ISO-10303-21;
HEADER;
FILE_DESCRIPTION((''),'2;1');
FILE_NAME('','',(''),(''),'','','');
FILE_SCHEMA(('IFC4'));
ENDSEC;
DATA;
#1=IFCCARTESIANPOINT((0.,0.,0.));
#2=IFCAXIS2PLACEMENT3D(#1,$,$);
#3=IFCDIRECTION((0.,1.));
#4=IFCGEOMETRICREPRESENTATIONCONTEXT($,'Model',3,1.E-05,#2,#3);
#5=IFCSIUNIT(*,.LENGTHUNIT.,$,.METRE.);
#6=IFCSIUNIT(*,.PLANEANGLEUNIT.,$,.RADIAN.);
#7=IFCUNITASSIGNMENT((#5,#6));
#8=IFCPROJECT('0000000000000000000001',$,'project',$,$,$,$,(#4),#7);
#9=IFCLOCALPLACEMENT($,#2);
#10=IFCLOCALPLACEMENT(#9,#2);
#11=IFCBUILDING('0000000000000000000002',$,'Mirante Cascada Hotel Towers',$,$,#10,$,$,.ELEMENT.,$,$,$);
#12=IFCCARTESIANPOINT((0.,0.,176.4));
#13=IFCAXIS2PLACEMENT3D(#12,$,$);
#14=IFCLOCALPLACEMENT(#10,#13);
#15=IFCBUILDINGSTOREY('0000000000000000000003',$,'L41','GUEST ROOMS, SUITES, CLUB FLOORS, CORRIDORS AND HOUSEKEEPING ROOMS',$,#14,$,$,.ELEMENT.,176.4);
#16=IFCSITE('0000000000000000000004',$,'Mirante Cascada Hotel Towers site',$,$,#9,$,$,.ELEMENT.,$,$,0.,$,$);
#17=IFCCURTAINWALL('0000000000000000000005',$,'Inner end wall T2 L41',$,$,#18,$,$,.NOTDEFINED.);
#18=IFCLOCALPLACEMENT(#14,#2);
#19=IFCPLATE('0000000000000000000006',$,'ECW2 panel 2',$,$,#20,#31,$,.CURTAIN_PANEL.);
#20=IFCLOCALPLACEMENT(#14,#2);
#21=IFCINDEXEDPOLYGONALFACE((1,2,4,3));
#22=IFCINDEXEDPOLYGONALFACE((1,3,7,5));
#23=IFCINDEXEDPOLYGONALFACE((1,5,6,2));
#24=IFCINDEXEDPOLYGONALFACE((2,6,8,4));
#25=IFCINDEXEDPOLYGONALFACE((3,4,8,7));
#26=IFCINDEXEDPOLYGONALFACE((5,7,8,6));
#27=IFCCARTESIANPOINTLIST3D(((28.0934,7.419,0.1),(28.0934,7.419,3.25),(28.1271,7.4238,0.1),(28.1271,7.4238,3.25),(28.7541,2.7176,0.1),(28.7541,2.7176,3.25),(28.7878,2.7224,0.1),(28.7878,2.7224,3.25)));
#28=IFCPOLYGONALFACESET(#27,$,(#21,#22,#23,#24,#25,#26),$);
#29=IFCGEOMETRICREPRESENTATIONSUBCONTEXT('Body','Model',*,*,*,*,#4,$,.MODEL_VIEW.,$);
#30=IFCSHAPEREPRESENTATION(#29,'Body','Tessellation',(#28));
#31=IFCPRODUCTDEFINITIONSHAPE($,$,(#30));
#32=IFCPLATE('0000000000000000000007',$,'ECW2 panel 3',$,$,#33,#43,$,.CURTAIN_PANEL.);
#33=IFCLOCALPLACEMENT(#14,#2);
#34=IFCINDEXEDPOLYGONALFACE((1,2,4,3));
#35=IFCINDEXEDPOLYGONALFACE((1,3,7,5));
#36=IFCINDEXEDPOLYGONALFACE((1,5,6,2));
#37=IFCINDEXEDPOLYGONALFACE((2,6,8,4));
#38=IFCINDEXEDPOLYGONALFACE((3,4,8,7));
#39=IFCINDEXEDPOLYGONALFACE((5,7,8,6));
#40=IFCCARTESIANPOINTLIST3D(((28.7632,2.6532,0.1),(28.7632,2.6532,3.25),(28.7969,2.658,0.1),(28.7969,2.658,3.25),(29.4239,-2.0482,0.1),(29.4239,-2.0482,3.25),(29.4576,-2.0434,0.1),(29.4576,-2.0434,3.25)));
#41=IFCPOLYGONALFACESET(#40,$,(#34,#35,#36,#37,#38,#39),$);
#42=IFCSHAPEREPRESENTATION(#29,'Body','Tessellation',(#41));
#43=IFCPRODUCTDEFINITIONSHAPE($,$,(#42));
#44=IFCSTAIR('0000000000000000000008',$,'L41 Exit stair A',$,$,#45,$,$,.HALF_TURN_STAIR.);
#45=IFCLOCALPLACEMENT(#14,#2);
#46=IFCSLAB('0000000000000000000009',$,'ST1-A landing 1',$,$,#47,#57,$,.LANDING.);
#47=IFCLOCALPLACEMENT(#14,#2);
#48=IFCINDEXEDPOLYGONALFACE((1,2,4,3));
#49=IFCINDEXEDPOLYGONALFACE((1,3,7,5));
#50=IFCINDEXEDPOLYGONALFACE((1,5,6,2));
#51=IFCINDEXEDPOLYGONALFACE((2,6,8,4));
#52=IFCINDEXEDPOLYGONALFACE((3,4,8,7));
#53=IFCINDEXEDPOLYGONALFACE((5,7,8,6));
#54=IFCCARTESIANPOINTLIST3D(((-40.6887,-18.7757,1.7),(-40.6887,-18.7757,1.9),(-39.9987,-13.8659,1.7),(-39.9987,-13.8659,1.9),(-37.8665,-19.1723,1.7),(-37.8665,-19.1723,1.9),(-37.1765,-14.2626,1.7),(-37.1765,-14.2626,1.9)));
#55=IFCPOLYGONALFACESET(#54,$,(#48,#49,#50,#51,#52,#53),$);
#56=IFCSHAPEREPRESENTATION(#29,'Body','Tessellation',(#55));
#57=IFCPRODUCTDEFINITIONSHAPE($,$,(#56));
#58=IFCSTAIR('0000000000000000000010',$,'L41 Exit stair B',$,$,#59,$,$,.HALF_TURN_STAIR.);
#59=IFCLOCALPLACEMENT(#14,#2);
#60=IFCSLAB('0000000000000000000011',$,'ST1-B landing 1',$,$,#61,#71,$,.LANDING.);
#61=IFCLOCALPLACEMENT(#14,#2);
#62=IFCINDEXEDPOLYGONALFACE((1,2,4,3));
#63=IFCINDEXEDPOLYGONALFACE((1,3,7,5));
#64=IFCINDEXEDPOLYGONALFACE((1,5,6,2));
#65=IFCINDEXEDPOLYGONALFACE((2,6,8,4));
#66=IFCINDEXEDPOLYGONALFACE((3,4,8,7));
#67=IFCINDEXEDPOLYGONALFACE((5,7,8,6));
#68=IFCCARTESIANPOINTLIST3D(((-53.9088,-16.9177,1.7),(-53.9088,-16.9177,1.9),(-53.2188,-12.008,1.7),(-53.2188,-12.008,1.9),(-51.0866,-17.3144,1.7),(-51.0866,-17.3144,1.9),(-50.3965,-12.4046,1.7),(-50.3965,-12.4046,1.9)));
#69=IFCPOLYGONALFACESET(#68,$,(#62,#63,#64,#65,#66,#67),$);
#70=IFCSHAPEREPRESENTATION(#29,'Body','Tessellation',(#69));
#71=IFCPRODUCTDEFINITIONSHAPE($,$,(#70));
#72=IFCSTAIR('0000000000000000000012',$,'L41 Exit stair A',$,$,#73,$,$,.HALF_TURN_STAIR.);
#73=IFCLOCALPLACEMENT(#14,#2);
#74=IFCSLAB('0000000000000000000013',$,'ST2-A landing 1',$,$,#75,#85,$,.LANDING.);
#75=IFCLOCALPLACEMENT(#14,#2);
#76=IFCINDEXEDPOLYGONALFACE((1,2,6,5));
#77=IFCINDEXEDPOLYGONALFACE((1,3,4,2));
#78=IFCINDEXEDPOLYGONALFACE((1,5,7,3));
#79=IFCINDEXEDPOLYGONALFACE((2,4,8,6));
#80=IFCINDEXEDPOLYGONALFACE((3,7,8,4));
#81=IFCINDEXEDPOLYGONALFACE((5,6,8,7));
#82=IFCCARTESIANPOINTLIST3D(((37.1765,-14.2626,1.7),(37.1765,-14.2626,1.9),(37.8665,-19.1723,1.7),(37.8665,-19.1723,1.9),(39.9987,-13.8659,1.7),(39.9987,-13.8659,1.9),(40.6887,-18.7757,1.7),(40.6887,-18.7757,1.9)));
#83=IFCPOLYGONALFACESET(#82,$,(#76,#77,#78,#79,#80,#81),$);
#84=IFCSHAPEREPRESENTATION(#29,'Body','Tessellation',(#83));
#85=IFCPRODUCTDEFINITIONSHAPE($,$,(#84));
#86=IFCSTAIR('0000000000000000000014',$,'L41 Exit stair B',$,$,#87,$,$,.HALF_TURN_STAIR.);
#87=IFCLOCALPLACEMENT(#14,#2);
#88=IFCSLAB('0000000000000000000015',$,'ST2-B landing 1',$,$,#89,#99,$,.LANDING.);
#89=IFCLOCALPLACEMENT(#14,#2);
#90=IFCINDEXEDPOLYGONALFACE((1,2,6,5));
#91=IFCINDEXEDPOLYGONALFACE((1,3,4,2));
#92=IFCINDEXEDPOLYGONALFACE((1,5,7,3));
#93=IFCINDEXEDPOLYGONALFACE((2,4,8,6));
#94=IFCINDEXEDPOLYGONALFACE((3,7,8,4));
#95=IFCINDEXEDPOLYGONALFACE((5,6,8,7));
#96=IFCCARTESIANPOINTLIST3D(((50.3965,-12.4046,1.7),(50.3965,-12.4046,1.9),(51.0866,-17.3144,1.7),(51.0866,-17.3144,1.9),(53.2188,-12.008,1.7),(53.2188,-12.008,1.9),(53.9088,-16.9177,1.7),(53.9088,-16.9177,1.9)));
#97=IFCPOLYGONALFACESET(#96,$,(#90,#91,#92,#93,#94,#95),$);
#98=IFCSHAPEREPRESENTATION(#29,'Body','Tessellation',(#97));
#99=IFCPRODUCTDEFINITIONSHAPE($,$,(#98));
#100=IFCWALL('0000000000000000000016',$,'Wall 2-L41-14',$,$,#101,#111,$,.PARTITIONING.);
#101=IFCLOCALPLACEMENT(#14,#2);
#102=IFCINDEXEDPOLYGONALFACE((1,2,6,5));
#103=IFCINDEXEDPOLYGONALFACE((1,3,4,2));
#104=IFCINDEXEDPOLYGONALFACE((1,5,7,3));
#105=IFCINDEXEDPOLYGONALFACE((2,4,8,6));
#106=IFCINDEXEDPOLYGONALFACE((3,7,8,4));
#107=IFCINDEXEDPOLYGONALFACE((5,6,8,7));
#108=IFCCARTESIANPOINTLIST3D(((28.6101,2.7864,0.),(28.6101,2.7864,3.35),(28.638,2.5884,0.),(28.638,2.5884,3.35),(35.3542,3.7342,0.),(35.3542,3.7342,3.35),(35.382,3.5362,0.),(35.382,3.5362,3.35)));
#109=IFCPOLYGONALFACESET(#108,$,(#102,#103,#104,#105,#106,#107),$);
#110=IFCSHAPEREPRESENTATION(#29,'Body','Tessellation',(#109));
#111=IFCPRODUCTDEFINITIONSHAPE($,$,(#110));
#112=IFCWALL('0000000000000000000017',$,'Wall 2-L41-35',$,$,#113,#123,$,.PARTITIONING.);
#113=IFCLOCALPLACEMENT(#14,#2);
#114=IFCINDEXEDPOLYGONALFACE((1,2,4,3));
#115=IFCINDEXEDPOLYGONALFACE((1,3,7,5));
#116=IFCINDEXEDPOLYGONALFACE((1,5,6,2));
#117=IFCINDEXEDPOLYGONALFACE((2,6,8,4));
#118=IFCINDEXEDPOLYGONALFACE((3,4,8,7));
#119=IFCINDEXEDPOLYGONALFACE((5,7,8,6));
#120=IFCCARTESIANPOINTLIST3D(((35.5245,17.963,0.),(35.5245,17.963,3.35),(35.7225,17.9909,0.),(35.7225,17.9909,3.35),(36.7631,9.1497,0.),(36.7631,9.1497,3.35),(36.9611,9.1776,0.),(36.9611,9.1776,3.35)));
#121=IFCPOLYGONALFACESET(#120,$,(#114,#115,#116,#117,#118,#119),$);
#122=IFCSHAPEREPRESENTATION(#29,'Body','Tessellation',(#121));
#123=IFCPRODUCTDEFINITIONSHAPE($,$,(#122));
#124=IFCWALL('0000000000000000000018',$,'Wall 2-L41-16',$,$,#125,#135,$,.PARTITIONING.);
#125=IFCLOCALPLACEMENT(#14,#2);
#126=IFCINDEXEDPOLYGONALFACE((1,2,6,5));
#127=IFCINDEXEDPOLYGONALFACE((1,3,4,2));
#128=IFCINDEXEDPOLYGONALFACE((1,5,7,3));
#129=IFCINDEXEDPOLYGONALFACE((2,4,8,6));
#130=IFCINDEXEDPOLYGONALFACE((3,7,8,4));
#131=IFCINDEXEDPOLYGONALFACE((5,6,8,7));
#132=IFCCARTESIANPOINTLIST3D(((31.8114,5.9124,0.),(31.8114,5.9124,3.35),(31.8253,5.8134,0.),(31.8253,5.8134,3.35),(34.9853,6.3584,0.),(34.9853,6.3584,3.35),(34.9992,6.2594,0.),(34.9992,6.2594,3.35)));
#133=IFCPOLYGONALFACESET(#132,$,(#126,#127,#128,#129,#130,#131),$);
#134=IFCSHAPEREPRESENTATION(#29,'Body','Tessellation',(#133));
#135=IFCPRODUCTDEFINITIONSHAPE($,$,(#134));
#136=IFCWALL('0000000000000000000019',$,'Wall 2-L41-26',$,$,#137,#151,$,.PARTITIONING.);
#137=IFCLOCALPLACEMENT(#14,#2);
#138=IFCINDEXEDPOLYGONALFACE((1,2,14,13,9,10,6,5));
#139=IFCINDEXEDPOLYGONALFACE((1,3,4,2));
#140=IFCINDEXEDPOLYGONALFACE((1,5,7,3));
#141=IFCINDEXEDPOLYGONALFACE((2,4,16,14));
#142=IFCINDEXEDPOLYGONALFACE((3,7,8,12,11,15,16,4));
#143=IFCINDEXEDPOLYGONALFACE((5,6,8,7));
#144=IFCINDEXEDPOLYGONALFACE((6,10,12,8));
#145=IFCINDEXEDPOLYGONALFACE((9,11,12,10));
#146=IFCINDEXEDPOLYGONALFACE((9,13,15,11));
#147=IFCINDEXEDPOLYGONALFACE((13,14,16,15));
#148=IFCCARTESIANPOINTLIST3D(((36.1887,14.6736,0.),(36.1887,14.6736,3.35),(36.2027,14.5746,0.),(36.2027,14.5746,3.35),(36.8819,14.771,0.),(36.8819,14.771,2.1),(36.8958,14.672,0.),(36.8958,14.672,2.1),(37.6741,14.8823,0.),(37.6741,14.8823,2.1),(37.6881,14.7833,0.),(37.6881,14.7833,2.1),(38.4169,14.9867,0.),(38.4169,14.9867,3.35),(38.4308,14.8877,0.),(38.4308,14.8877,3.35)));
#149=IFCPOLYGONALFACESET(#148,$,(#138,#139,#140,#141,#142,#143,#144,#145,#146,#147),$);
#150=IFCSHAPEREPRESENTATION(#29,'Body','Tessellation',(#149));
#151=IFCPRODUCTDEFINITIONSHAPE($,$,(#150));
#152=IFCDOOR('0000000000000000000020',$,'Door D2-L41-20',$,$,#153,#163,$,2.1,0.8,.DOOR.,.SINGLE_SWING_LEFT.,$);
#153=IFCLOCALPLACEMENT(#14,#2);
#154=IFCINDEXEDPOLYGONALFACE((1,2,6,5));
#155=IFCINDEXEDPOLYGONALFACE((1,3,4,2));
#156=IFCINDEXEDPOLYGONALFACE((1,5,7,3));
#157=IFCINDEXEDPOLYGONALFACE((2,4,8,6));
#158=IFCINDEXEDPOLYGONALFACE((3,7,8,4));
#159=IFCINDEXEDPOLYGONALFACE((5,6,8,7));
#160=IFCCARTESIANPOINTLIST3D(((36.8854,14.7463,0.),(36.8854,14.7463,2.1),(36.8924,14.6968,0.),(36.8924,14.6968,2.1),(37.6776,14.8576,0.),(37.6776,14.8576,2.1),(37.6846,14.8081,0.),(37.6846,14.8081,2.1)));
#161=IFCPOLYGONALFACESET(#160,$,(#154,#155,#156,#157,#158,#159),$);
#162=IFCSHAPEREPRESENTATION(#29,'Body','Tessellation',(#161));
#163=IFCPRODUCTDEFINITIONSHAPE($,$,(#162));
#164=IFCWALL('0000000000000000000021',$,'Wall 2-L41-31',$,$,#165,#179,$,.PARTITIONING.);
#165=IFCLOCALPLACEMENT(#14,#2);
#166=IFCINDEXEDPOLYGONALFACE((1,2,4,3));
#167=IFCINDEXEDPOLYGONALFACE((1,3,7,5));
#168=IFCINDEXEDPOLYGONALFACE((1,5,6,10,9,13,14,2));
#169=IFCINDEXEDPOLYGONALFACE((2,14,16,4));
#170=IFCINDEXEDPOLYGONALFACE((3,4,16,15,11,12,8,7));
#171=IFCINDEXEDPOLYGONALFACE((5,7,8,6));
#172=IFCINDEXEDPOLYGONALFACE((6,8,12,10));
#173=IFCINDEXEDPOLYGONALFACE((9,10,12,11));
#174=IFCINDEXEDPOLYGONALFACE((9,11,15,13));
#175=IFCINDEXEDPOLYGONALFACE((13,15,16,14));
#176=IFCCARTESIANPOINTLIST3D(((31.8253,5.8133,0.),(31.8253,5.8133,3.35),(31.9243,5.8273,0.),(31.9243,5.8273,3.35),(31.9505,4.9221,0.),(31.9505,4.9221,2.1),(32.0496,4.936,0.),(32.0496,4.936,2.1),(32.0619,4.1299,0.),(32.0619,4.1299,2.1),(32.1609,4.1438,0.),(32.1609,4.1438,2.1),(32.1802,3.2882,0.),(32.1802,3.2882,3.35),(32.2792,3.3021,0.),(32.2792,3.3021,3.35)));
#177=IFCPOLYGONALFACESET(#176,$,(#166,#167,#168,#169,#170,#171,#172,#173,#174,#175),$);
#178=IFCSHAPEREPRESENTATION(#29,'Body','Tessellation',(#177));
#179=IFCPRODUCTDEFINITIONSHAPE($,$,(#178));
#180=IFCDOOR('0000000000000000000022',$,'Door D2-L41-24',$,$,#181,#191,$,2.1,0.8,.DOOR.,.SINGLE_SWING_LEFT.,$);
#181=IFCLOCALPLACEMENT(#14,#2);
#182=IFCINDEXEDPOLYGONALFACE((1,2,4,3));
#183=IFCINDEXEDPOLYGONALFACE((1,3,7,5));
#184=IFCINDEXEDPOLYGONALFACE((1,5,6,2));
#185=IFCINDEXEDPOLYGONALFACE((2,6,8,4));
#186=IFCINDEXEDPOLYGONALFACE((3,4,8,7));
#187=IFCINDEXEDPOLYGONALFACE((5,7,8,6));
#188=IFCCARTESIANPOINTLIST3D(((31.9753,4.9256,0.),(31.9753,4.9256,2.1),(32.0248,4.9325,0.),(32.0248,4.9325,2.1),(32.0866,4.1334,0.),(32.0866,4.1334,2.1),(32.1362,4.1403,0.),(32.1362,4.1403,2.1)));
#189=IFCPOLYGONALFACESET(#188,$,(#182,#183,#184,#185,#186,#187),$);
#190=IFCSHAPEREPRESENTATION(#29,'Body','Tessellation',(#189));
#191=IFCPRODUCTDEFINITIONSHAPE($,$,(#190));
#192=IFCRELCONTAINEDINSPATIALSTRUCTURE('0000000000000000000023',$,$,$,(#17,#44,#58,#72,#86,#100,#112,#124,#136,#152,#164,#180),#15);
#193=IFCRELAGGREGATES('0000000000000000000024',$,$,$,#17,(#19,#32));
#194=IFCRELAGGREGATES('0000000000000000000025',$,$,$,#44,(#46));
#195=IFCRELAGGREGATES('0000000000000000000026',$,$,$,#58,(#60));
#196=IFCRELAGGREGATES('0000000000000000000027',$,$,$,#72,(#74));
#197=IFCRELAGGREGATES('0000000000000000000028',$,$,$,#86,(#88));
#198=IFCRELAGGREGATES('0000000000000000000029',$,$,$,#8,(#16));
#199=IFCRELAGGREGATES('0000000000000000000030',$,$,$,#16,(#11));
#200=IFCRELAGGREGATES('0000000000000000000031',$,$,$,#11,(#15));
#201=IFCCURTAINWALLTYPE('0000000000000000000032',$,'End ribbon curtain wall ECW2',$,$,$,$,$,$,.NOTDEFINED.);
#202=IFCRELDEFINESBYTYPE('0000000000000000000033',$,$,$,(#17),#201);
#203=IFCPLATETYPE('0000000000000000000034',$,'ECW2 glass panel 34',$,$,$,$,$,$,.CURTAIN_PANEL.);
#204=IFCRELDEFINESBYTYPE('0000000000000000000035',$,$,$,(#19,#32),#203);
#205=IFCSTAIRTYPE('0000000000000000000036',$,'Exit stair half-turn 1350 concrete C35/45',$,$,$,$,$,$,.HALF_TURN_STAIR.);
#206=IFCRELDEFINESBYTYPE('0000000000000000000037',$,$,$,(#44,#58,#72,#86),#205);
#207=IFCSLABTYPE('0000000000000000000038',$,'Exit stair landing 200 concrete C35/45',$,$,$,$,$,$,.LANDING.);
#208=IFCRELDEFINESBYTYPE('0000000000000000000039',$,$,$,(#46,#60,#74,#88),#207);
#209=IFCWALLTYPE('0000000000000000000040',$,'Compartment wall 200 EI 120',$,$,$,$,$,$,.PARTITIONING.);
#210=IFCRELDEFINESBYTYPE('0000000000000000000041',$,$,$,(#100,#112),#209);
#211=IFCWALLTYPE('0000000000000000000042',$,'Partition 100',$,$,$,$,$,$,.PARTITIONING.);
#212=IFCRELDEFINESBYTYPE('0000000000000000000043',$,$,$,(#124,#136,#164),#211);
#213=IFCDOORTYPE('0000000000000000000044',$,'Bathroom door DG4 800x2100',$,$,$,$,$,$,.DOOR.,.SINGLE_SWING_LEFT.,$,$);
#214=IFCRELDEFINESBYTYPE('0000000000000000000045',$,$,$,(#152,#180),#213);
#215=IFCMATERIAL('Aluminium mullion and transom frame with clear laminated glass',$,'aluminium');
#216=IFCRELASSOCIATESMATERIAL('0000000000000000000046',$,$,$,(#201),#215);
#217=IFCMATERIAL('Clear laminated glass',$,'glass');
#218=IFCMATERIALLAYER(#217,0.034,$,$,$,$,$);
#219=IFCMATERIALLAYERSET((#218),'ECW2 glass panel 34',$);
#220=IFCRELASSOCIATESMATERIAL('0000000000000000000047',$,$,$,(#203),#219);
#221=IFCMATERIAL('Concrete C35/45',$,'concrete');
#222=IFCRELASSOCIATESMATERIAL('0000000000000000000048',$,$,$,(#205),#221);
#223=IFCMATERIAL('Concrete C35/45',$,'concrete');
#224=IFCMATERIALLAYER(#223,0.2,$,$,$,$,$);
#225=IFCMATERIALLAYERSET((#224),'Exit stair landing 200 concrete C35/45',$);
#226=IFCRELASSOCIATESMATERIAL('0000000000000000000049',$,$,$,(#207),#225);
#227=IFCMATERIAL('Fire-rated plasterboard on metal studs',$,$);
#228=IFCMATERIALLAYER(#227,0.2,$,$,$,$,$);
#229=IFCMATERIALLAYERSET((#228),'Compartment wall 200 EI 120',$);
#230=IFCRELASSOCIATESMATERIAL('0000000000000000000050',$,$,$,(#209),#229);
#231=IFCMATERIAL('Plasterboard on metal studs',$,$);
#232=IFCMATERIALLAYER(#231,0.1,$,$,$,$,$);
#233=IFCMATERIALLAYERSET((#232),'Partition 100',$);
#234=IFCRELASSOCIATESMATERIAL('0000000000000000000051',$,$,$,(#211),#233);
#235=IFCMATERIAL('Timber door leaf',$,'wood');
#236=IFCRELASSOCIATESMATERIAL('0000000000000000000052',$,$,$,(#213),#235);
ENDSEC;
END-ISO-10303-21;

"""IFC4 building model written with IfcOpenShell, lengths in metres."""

from ifc_helpers import new_model, si_unit, direction, frame, frame_2d, origin, origin_2d, place, context, subcontext, project, spatial, polyline, rectangle, outline, extrude, material, layer, layer_set, type_object, element, fill, aggregate, save


model = new_model("IFC4")

# Units and contexts
model_context = context("Model", 3, precision=1e-05, world=origin(), true_north=direction((0.0, 1.0)))
body_context = subcontext(model_context, "Body", "Model", "MODEL_VIEW")
ifc_project = project(units=[si_unit("LENGTHUNIT", "METRE"), si_unit("PLANEANGLEUNIT", "RADIAN")], contexts=[model_context])

# Site, building, storey
site_placement = place(None, origin())
site = spatial("IfcSite", under=ifc_project, at=site_placement, Name="Mirante Cascada Hotel Towers site", CompositionType="ELEMENT", RefElevation=0.0)
building_placement = place(site_placement, origin())
building = spatial("IfcBuilding", under=site, at=building_placement, Name="Mirante Cascada Hotel Towers", CompositionType="ELEMENT")
storey_placement = place(building_placement, frame((0.0, 0.0, 176.4)))
storey = spatial("IfcBuildingStorey", under=building, at=storey_placement, Name="L41", Description="GUEST ROOMS, SUITES, CLUB FLOORS, CORRIDORS AND HOUSEKEEPING ROOMS", CompositionType="ELEMENT", Elevation=176.4)

# Curtain wall
ifc_material_1 = material(Name="Aluminium mullion and transom frame with clear laminated glass", Category="aluminium")
curtain_wall_type_1 = type_object("IfcCurtainWallType", Name="End ribbon curtain wall ECW2", PredefinedType="NOTDEFINED", material=ifc_material_1)
curtain_wall_1_placement = place(storey_placement, origin())
curtain_wall_1 = element("IfcCurtainWall", 1, at=curtain_wall_1_placement, inside=storey, type_object=curtain_wall_type_1, Name="Inner end wall T2 L41", PredefinedType="NOTDEFINED")

# Plates
ifc_material_2 = material(Name="Clear laminated glass", Category="glass")
ifc_layer_1 = layer(ifc_material_2, 0.034)
ifc_layer_set_1 = layer_set([ifc_layer_1], Name="ECW2 glass panel 34")
plate_type_1 = type_object("IfcPlateType", Name="ECW2 glass panel 34", PredefinedType="CURTAIN_PANEL", material=ifc_layer_set_1)
plate_1_placement = place(storey_placement, frame((28.4406, 5.0707, 0.1), z_axis=(0.0, 0.0, 1.0), x_axis=(0.139173, -0.990268, 0.0)))
plate_1 = element("IfcPlate", 2, at=plate_1_placement, type_object=plate_type_1, Name="ECW2 panel 2", PredefinedType="CURTAIN_PANEL", context=body_context, shape_type="SweptSolid", body=[
    extrude(rectangle(XDim=4.7476, YDim=0.034, at=origin_2d()), origin(), (0.0, 0.0, 1.0), 3.15),
])
plate_2_placement = place(storey_placement, frame((29.1104, 0.3049, 0.1), z_axis=(0.0, 0.0, 1.0), x_axis=(0.139173, -0.990268, 0.0)))
plate_2 = element("IfcPlate", 3, at=plate_2_placement, type_object=plate_type_1, Name="ECW2 panel 3", PredefinedType="CURTAIN_PANEL", context=body_context, shape_type="SweptSolid", body=[
    extrude(rectangle(XDim=4.7476, YDim=0.034, at=origin_2d()), origin(), (0.0, 0.0, 1.0), 3.15),
])
aggregate(curtain_wall_1, [plate_1, plate_2])

# Stairs, slabs
ifc_material_3 = material(Name="Concrete C35/45", Category="concrete")
stair_type = type_object("IfcStairType", Name="Exit stair half-turn 1350 concrete C35/45", PredefinedType="HALF_TURN_STAIR", material=ifc_material_3)
stair_1_placement = place(storey_placement, origin())
stair_1 = element("IfcStair", 4, at=stair_1_placement, inside=storey, type_object=stair_type, Name="L41 Exit stair A", PredefinedType="HALF_TURN_STAIR")
ifc_material_4 = material(Name="Concrete C35/45", Category="concrete")
ifc_layer_2 = layer(ifc_material_4, 0.2)
ifc_layer_set_2 = layer_set([ifc_layer_2], Name="Exit stair landing 200 concrete C35/45")
slab_type = type_object("IfcSlabType", Name="Exit stair landing 200 concrete C35/45", PredefinedType="LANDING", material=ifc_layer_set_2)
slab_1_placement = place(storey_placement, frame((0.0, 0.0, 1.7)))
slab_1 = element("IfcSlab", 5, at=slab_1_placement, type_object=slab_type, Name="ST1-A landing 1", PredefinedType="LANDING", context=body_context, shape_type="SweptSolid", body=[
    extrude(outline(polyline([(-39.9987, -13.8659), (-40.6887, -18.7757), (-37.8665, -19.1723), (-37.1765, -14.2626), (-39.9987, -13.8659)])), origin(), (0.0, 0.0, 1.0), 0.2),
])
aggregate(stair_1, [slab_1])
stair_2_placement = place(storey_placement, origin())
stair_2 = element("IfcStair", 6, at=stair_2_placement, inside=storey, type_object=stair_type, Name="L41 Exit stair B", PredefinedType="HALF_TURN_STAIR")
slab_2_placement = place(storey_placement, frame((0.0, 0.0, 1.7)))
slab_2 = element("IfcSlab", 7, at=slab_2_placement, type_object=slab_type, Name="ST1-B landing 1", PredefinedType="LANDING", context=body_context, shape_type="SweptSolid", body=[
    extrude(outline(polyline([(-53.2188, -12.008), (-53.9088, -16.9177), (-51.0866, -17.3144), (-50.3965, -12.4046), (-53.2188, -12.008)])), origin(), (0.0, 0.0, 1.0), 0.2),
])
aggregate(stair_2, [slab_2])
stair_3_placement = place(storey_placement, origin())
stair_3 = element("IfcStair", 8, at=stair_3_placement, inside=storey, type_object=stair_type, Name="L41 Exit stair A", PredefinedType="HALF_TURN_STAIR")
slab_3_placement = place(storey_placement, frame((0.0, 0.0, 1.7)))
slab_3 = element("IfcSlab", 9, at=slab_3_placement, type_object=slab_type, Name="ST2-A landing 1", PredefinedType="LANDING", context=body_context, shape_type="SweptSolid", body=[
    extrude(outline(polyline([(37.1765, -14.2626), (37.8665, -19.1723), (40.6887, -18.7757), (39.9987, -13.8659), (37.1765, -14.2626)])), origin(), (0.0, 0.0, 1.0), 0.2),
])
aggregate(stair_3, [slab_3])
stair_4_placement = place(storey_placement, origin())
stair_4 = element("IfcStair", 10, at=stair_4_placement, inside=storey, type_object=stair_type, Name="L41 Exit stair B", PredefinedType="HALF_TURN_STAIR")
slab_4_placement = place(storey_placement, frame((0.0, 0.0, 1.7)))
slab_4 = element("IfcSlab", 11, at=slab_4_placement, type_object=slab_type, Name="ST2-B landing 1", PredefinedType="LANDING", context=body_context, shape_type="SweptSolid", body=[
    extrude(outline(polyline([(50.3965, -12.4046), (51.0866, -17.3144), (53.9088, -16.9177), (53.2188, -12.008), (50.3965, -12.4046)])), origin(), (0.0, 0.0, 1.0), 0.2),
])
aggregate(stair_4, [slab_4])

# Walls
ifc_material_5 = material(Name="Fire-rated plasterboard on metal studs")
ifc_layer_3 = layer(ifc_material_5, 0.2)
ifc_layer_set_3 = layer_set([ifc_layer_3], Name="Compartment wall 200 EI 120")
wall_type_1 = type_object("IfcWallType", Name="Compartment wall 200 EI 120", PredefinedType="PARTITIONING", material=ifc_layer_set_3)
wall_1_placement = place(storey_placement, frame((28.624, 2.6874, 0.0), z_axis=(0.0, 0.0, 1.0), x_axis=(0.990268, 0.139172, 0.0)))
element("IfcWall", 12, at=wall_1_placement, inside=storey, type_object=wall_type_1, Name="Wall 2-L41-14", PredefinedType="PARTITIONING", context=body_context, shape_type="SweptSolid", body=[
    extrude(rectangle(XDim=6.8103, YDim=0.2, at=frame_2d((3.4052, 0.0))), origin(), (0.0, 0.0, 1.0), 3.35),
])
wall_2_placement = place(storey_placement, frame((35.6235, 17.977, 0.0), z_axis=(0.0, 0.0, 1.0), x_axis=(0.13917, -0.990268, 0.0)))
element("IfcWall", 13, at=wall_2_placement, inside=storey, type_object=wall_type_1, Name="Wall 2-L41-35", PredefinedType="PARTITIONING", context=body_context, shape_type="SweptSolid", body=[
    extrude(rectangle(XDim=8.8999, YDim=0.2, at=frame_2d((4.45, 0.0))), origin(), (0.0, 0.0, 1.0), 3.35),
])
ifc_material_6 = material(Name="Plasterboard on metal studs")
ifc_layer_4 = layer(ifc_material_6, 0.1)
ifc_layer_set_4 = layer_set([ifc_layer_4], Name="Partition 100")
wall_type_2 = type_object("IfcWallType", Name="Partition 100", PredefinedType="PARTITIONING", material=ifc_layer_set_4)
wall_3_placement = place(storey_placement, frame((31.8183, 5.8629, 0.0), z_axis=(0.0, 0.0, 1.0), x_axis=(0.990271, 0.139154, 0.0)))
element("IfcWall", 14, at=wall_3_placement, inside=storey, type_object=wall_type_2, Name="Wall 2-L41-16", PredefinedType="PARTITIONING", context=body_context, shape_type="SweptSolid", body=[
    extrude(rectangle(XDim=3.2051, YDim=0.1, at=frame_2d((1.6026, 0.0))), origin(), (0.0, 0.0, 1.0), 3.35),
])

# Walls, openings, doors
wall_4_placement = place(storey_placement, frame((36.1957, 14.6241, 0.0), z_axis=(0.0, 0.0, 1.0), x_axis=(0.990271, 0.139156, 0.0)))
wall_4 = element("IfcWall", 15, at=wall_4_placement, inside=storey, type_object=wall_type_2, Name="Wall 2-L41-26", PredefinedType="PARTITIONING", context=body_context, shape_type="SweptSolid", body=[
    extrude(rectangle(XDim=2.25, YDim=0.1, at=frame_2d((1.125, 0.0))), origin(), (0.0, 0.0, 1.0), 3.35),
])
opening_1_placement = place(wall_4_placement, frame((0.7, 0.0, 0.0)))
opening_1 = element("IfcOpeningElement", 16, at=opening_1_placement, cuts=wall_4, PredefinedType="OPENING", context=body_context, shape_type="SweptSolid", body=[
    extrude(rectangle(XDim=0.8, YDim=2.1, at=frame_2d((0.4, 1.05))), frame((0.0, 0.05, 0.0), z_axis=(0.0, -1.0, 0.0), x_axis=(1.0, 0.0, 0.0)), (0.0, 0.0, 1.0), 0.1),
])
ifc_material_7 = material(Name="Timber door leaf", Category="wood")
door_type = type_object("IfcDoorType", Name="Bathroom door DG4 800x2100", OperationType="SINGLE_SWING_LEFT", PredefinedType="DOOR", material=ifc_material_7)
door_1_placement = place(opening_1_placement, origin())
door_1 = element("IfcDoor", 17, at=door_1_placement, inside=storey, type_object=door_type, Name="Door D2-L41-20", OperationType="SINGLE_SWING_LEFT", OverallHeight=2.1, OverallWidth=0.8, PredefinedType="DOOR", context=body_context, shape_type="SweptSolid", body=[
    extrude(rectangle(XDim=0.8, YDim=2.1, at=frame_2d((0.4, 1.05))), frame((0.0, 0.025, 0.0), z_axis=(0.0, -1.0, 0.0), x_axis=(1.0, 0.0, 0.0)), (0.0, 0.0, 1.0), 0.05),
])
fill(opening_1, door_1)
wall_5_placement = place(storey_placement, frame((31.8748, 5.8203, 0.0), z_axis=(0.0, 0.0, 1.0), x_axis=(0.139176, -0.990268, 0.0)))
wall_5 = element("IfcWall", 18, at=wall_5_placement, inside=storey, type_object=wall_type_2, Name="Wall 2-L41-31", PredefinedType="PARTITIONING", context=body_context, shape_type="SweptSolid", body=[
    extrude(rectangle(XDim=2.55, YDim=0.1, at=frame_2d((1.275, 0.0))), origin(), (0.0, 0.0, 1.0), 3.35),
])
opening_2_placement = place(wall_5_placement, frame((0.9, 0.0, 0.0)))
opening_2 = element("IfcOpeningElement", 19, at=opening_2_placement, cuts=wall_5, PredefinedType="OPENING", context=body_context, shape_type="SweptSolid", body=[
    extrude(rectangle(XDim=0.8, YDim=2.1, at=frame_2d((0.4, 1.05))), frame((0.0, 0.05, 0.0), z_axis=(0.0, -1.0, 0.0), x_axis=(1.0, 0.0, 0.0)), (0.0, 0.0, 1.0), 0.1),
])
door_2_placement = place(opening_2_placement, origin())
door_2 = element("IfcDoor", 20, at=door_2_placement, inside=storey, type_object=door_type, Name="Door D2-L41-24", OperationType="SINGLE_SWING_LEFT", OverallHeight=2.1, OverallWidth=0.8, PredefinedType="DOOR", context=body_context, shape_type="SweptSolid", body=[
    extrude(rectangle(XDim=0.8, YDim=2.1, at=frame_2d((0.4, 1.05))), frame((0.0, 0.025, 0.0), z_axis=(0.0, -1.0, 0.0), x_axis=(1.0, 0.0, 0.0)), (0.0, 0.0, 1.0), 0.05),
])
fill(opening_2, door_2)

save(model, "model.ifc")
